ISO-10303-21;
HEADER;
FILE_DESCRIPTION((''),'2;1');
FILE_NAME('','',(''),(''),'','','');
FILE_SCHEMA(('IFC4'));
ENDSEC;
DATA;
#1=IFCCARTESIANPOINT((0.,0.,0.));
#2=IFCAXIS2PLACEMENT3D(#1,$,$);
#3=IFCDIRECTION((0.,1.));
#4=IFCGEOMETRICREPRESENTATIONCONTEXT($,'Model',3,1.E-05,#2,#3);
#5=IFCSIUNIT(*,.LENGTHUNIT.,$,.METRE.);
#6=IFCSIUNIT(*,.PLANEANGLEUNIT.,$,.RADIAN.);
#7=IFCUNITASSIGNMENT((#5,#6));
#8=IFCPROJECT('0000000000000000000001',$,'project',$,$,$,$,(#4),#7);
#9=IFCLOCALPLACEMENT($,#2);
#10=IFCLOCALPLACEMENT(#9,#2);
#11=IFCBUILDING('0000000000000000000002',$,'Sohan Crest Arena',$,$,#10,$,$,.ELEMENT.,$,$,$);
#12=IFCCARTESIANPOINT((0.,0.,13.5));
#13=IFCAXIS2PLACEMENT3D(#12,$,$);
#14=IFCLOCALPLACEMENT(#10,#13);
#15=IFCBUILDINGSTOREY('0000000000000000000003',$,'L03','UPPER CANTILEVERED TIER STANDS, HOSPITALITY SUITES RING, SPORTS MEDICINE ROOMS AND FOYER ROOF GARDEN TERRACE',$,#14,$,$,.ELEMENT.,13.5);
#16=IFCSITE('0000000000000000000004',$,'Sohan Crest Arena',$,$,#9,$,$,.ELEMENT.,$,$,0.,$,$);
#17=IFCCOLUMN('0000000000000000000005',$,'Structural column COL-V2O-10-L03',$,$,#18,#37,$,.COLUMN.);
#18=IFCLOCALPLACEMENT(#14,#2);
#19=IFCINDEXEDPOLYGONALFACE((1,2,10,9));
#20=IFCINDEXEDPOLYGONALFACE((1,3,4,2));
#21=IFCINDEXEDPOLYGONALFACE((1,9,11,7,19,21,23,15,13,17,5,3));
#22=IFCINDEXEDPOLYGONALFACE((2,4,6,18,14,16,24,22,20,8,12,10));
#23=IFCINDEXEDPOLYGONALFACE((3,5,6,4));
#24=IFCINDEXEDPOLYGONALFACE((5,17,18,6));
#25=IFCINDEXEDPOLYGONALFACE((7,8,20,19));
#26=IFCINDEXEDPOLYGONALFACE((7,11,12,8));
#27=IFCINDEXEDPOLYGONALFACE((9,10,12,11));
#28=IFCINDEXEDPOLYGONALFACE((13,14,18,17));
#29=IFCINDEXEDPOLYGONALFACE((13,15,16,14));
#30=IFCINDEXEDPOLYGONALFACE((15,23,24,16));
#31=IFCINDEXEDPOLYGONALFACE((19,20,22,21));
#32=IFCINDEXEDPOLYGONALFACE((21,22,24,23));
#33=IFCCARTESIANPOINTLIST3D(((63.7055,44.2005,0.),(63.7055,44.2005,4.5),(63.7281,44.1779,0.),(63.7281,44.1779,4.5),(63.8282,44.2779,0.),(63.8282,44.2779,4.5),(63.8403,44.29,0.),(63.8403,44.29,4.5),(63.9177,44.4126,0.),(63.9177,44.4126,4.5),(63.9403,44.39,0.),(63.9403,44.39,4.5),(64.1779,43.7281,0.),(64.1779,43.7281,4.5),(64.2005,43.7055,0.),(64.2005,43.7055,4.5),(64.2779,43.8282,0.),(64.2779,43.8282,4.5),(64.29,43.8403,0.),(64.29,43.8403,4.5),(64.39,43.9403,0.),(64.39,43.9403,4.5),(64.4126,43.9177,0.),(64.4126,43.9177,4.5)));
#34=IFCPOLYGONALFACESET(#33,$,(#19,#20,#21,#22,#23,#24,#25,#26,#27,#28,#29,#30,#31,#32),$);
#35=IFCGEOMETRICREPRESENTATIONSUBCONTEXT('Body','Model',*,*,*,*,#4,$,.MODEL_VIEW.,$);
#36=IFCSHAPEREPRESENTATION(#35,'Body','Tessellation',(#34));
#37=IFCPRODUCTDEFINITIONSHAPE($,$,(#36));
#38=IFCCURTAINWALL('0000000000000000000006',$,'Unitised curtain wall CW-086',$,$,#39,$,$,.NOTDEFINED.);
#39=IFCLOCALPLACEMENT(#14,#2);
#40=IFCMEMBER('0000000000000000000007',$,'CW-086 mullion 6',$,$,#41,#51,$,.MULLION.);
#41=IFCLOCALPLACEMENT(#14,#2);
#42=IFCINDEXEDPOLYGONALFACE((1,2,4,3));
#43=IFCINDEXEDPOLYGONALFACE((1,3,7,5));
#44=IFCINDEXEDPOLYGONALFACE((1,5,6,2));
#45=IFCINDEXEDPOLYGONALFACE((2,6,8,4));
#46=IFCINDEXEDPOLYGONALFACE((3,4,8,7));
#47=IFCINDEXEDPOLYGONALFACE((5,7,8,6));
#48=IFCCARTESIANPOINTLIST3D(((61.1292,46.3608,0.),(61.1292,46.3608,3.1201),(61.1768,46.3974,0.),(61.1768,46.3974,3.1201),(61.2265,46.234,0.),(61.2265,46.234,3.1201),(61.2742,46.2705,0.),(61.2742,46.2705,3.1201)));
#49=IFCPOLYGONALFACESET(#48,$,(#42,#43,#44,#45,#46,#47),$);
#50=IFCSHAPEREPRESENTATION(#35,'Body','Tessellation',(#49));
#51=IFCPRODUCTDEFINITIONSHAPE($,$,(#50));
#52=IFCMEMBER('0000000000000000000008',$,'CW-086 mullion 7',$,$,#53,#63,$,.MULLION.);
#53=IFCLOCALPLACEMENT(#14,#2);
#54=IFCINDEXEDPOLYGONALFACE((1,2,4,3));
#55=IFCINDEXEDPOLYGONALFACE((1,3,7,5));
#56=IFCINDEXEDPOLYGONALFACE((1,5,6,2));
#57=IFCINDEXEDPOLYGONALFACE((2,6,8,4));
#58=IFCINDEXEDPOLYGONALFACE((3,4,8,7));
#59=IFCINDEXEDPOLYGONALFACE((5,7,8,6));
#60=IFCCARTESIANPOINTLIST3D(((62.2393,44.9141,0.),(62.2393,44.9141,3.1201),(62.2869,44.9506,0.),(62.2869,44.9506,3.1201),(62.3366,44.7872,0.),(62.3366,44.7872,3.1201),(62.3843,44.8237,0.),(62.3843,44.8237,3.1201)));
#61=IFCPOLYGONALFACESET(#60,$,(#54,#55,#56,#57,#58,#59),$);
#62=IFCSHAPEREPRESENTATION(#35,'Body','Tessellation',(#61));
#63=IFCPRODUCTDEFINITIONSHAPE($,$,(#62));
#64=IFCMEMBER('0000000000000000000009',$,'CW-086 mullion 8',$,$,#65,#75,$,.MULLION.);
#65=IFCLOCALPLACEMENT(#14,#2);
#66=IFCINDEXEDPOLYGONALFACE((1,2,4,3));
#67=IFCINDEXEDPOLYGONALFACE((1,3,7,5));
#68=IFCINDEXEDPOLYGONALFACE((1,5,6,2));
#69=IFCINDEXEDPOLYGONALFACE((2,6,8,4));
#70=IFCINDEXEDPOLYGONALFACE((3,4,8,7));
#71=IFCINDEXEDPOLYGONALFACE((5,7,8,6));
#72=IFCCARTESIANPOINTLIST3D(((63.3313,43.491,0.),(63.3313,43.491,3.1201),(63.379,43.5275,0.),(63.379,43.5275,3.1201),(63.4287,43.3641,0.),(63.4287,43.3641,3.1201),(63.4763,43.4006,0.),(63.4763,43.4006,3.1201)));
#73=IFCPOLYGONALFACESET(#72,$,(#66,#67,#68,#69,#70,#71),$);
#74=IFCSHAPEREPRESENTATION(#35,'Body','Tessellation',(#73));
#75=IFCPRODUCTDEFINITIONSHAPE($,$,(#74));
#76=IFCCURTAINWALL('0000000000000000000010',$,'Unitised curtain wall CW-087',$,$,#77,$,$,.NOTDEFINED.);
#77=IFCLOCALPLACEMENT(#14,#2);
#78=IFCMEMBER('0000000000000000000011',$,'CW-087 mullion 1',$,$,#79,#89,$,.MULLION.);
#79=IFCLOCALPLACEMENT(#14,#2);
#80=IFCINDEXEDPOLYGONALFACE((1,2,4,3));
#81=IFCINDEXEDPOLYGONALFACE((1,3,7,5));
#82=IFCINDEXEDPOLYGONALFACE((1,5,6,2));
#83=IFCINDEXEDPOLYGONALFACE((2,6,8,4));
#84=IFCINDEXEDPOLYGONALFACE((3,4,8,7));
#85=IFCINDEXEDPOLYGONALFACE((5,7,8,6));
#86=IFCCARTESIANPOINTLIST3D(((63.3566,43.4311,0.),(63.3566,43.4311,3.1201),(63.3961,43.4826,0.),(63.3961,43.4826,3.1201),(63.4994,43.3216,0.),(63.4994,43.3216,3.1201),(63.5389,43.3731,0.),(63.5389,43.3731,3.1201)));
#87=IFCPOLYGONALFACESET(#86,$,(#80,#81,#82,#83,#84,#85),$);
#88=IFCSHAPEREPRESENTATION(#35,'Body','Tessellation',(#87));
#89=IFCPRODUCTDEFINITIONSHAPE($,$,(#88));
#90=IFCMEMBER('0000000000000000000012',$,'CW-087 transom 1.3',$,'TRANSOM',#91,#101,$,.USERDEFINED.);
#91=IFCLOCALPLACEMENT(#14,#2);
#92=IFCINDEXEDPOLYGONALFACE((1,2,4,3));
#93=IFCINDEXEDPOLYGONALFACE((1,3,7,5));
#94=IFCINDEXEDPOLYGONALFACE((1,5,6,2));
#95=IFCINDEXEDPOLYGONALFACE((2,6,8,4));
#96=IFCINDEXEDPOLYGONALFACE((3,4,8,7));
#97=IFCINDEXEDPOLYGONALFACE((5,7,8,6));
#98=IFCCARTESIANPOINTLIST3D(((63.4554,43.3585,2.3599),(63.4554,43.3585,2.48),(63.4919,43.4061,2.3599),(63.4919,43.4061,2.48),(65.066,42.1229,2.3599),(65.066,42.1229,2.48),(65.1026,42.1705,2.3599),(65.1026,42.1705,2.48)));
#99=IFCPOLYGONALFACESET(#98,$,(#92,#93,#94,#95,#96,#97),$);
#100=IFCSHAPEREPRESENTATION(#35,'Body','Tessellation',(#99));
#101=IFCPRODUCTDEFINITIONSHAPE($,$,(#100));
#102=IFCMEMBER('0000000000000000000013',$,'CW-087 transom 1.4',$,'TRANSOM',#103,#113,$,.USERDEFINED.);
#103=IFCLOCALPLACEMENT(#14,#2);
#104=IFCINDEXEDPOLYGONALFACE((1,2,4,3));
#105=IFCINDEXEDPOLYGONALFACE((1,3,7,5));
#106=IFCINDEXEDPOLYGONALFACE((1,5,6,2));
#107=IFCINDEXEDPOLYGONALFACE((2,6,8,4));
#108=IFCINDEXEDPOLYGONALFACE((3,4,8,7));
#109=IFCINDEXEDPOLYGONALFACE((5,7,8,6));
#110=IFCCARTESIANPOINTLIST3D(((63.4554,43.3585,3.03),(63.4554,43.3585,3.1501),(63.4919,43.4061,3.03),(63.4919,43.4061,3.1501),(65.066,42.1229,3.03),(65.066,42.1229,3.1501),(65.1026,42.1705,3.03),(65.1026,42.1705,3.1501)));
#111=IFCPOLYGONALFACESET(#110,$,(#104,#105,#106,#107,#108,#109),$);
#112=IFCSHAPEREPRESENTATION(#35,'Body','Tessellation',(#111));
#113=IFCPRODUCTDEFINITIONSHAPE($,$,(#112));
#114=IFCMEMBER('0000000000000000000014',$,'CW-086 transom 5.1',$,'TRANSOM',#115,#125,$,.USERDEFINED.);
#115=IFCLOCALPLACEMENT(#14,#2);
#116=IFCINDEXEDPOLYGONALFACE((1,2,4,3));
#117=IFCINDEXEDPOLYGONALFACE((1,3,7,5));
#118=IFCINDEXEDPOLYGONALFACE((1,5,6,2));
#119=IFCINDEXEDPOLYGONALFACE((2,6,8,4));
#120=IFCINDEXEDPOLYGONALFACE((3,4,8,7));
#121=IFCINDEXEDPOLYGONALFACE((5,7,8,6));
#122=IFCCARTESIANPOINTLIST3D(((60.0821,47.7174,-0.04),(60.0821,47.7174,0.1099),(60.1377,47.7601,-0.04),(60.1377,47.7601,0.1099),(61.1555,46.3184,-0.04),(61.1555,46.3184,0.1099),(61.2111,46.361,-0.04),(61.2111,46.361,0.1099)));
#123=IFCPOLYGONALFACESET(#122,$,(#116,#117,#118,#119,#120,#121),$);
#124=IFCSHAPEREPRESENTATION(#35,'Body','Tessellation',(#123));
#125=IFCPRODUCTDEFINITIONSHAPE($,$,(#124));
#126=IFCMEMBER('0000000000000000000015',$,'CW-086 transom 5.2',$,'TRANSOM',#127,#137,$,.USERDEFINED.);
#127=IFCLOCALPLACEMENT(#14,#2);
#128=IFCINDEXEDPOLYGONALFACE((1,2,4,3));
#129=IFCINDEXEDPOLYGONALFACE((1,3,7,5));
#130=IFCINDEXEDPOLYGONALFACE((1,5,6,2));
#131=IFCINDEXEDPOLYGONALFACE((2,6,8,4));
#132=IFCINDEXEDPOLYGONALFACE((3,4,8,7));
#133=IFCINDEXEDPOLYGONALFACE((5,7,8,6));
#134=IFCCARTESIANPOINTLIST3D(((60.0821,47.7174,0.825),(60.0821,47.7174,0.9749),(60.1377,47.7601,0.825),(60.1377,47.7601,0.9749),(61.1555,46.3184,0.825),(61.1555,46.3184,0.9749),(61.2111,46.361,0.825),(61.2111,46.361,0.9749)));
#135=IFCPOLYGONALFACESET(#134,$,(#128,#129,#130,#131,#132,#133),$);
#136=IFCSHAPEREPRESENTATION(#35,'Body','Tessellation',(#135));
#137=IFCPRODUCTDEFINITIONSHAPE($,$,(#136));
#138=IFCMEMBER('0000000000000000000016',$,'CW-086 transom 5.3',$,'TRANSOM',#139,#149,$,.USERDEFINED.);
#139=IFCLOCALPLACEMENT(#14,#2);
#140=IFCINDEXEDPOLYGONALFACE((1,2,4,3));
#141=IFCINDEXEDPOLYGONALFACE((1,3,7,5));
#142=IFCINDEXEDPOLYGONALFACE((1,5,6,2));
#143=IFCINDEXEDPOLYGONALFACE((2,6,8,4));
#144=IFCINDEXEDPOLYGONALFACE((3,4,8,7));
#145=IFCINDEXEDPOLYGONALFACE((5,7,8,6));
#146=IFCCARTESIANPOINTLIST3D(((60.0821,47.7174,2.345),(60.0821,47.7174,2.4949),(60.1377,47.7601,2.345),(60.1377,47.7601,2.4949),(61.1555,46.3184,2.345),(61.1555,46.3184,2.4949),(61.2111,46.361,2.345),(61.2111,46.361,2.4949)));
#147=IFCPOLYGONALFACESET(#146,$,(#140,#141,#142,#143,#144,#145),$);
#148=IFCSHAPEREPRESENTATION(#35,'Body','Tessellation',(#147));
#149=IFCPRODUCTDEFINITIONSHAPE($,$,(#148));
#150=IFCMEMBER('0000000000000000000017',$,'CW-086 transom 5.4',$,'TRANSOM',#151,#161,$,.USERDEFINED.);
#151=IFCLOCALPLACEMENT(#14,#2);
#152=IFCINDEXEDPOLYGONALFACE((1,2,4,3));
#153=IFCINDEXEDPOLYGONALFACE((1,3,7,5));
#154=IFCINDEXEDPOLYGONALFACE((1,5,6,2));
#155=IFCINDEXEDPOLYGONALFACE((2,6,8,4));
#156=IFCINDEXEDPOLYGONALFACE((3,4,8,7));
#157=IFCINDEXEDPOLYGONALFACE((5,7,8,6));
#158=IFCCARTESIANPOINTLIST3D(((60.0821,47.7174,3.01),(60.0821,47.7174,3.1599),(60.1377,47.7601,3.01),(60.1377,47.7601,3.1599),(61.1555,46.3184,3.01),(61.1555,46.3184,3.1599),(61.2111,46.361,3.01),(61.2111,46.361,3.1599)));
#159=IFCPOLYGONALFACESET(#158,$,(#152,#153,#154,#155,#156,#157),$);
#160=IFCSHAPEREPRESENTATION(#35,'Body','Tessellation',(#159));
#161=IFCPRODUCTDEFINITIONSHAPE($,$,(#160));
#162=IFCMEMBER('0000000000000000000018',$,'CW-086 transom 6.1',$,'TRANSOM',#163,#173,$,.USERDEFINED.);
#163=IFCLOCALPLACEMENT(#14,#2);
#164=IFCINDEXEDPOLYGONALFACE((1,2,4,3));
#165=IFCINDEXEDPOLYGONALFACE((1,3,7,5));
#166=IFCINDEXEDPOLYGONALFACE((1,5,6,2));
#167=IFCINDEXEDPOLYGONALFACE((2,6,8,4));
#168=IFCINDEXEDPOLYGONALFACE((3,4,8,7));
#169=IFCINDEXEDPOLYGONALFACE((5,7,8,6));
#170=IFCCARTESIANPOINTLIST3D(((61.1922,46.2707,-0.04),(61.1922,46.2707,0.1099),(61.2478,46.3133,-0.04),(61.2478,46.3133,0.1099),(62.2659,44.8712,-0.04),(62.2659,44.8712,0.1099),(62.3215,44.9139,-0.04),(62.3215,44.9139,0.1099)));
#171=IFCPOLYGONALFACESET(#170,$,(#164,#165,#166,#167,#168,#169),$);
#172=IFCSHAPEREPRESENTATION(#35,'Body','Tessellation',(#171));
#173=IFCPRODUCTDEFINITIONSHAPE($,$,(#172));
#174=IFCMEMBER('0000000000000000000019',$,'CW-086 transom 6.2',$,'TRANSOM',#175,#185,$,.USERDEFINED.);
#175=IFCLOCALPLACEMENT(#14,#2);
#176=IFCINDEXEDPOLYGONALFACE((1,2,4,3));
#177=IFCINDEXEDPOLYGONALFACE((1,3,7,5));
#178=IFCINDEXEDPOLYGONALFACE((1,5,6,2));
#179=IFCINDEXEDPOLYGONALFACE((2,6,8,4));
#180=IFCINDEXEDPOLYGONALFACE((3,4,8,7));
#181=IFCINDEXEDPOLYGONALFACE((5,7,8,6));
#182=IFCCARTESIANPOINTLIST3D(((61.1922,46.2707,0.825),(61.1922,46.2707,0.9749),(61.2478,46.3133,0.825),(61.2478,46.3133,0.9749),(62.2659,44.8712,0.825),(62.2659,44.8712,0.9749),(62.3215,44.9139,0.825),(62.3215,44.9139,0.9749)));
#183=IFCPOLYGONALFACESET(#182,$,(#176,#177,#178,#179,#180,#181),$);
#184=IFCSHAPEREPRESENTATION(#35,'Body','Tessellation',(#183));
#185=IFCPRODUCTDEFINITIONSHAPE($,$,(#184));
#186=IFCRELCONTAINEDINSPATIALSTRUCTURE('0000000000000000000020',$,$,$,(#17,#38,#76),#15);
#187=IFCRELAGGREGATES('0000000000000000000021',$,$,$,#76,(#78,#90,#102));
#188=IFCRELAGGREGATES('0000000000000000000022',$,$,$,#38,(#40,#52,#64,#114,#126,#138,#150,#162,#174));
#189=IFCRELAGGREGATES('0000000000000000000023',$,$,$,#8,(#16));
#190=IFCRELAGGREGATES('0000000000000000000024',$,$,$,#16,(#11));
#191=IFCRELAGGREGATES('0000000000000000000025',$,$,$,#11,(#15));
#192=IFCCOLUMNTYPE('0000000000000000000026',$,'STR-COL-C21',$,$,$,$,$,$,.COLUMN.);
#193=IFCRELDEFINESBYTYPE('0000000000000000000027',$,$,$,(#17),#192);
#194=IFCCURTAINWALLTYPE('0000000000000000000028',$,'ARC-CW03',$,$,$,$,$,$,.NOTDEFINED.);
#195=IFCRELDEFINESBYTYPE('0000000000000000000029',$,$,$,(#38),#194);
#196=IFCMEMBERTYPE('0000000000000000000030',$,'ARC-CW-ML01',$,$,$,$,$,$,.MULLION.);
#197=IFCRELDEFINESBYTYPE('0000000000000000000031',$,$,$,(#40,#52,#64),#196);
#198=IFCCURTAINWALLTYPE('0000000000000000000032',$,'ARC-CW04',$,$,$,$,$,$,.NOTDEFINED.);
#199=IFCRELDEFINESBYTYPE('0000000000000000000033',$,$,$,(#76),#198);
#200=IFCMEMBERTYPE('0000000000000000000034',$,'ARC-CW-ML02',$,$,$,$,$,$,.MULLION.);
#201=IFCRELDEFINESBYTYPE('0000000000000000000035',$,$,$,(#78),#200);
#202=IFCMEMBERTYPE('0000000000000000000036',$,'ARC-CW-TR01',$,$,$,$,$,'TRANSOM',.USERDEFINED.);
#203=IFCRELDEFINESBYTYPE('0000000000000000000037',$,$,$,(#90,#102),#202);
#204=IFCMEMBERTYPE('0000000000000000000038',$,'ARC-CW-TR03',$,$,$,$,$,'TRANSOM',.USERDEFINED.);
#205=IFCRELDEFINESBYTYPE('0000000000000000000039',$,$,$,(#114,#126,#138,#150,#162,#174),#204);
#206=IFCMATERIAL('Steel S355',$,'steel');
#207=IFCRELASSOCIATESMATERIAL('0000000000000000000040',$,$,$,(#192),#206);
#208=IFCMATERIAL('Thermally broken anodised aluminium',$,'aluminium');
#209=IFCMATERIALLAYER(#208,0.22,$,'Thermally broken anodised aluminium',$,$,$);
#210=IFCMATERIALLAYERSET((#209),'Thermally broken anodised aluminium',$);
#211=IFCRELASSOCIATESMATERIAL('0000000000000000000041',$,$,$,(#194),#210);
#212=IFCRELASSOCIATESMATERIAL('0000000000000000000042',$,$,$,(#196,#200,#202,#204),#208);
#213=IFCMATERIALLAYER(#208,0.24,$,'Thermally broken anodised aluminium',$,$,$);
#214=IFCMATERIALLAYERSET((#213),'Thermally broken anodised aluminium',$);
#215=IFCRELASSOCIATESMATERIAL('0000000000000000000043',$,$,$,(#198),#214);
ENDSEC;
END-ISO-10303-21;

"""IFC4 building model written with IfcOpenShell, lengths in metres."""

from ifc_helpers import new_model, si_unit, direction, frame, origin, origin_2d, place, context, subcontext, project, spatial, rectangle, i_section, extrude, material, layer, layer_set, material_profile, profile_set, type_object, element, aggregate, save


model = new_model("IFC4")

# Units and contexts
model_context = context("Model", 3, precision=1e-05, world=origin(), true_north=direction((0.0, 1.0)))
body_context = subcontext(model_context, "Body", "Model", "MODEL_VIEW")
ifc_project = project(units=[si_unit("LENGTHUNIT", "METRE"), si_unit("PLANEANGLEUNIT", "RADIAN")], contexts=[model_context])

# Site, building, storey
site_placement = place(None, origin())
site = spatial("IfcSite", under=ifc_project, at=site_placement, Name="Sohan Crest Arena", CompositionType="ELEMENT", RefElevation=0.0)
building_placement = place(site_placement, origin())
building = spatial("IfcBuilding", under=site, at=building_placement, Name="Sohan Crest Arena", CompositionType="ELEMENT")
storey_placement = place(building_placement, frame((0.0, 0.0, 13.5)))
storey = spatial("IfcBuildingStorey", under=building, at=storey_placement, Name="L03", Description="UPPER CANTILEVERED TIER STANDS, HOSPITALITY SUITES RING, SPORTS MEDICINE ROOMS AND FOYER ROOF GARDEN TERRACE", CompositionType="ELEMENT", Elevation=13.5)

# Column
ifc_material_1 = material(Name="Steel S355", Category="steel")
ifc_material_profile_1 = material_profile(ifc_material_1, i_section(OverallWidth=0.3, OverallDepth=0.7, WebThickness=0.0171, FlangeThickness=0.032, at=origin_2d()), Name="HEB 700")
ifc_profile_set_1 = profile_set([ifc_material_profile_1], Name="Steel S355")
column_type = type_object("IfcColumnType", Name="STR-COL-C21", PredefinedType="COLUMN", material=ifc_profile_set_1)
column_placement = place(storey_placement, frame((64.0591, 44.0591, 0.0), z_axis=(0.0, 0.0, 1.0), x_axis=(0.707107, 0.707107, 0.0)))
element("IfcColumn", 1, at=column_placement, inside=storey, type_object=column_type, Name="Structural column COL-V2O-10-L03", PredefinedType="COLUMN", context=body_context, shape_type="SweptSolid", body=[
    extrude(i_section(OverallWidth=0.3, OverallDepth=0.7, WebThickness=0.0171, FlangeThickness=0.032, at=origin_2d()), origin(), (0.0, 0.0, 1.0), 4.5),
])

# Curtain walls, members
ifc_material_2 = material(Name="Thermally broken anodised aluminium", Category="aluminium")
ifc_layer_1 = layer(ifc_material_2, 0.22, Name="Thermally broken anodised aluminium")
ifc_layer_set_1 = layer_set([ifc_layer_1], Name="Thermally broken anodised aluminium")
curtain_wall_type_1 = type_object("IfcCurtainWallType", Name="ARC-CW03", PredefinedType="NOTDEFINED", material=ifc_layer_set_1)
curtain_wall_1_placement = place(storey_placement, origin())
curtain_wall_1 = element("IfcCurtainWall", 2, at=curtain_wall_1_placement, inside=storey, type_object=curtain_wall_type_1, Name="Unitised curtain wall CW-086", PredefinedType="NOTDEFINED")
ifc_material_profile_2 = material_profile(ifc_material_2, rectangle(XDim=0.0601, YDim=0.1599, at=origin_2d()), Name="ALU-MULL 60x160")
ifc_profile_set_2 = profile_set([ifc_material_profile_2], Name="Thermally broken anodised aluminium")
member_type_1 = type_object("IfcMemberType", Name="ARC-CW-ML01", PredefinedType="MULLION", material=ifc_profile_set_2)
member_1_placement = place(storey_placement, frame((61.2017, 46.3157, 0.0), z_axis=(0.0, 0.0, 1.0), x_axis=(0.793372, 0.608737, 0.0)))
member_1 = element("IfcMember", 3, at=member_1_placement, type_object=member_type_1, Name="CW-086 mullion 6", PredefinedType="MULLION", context=body_context, shape_type="SweptSolid", body=[
    extrude(rectangle(XDim=0.0601, YDim=0.1599, at=origin_2d()), origin(), (0.0, 0.0, 1.0), 3.1201),
])
member_2_placement = place(storey_placement, frame((62.3118, 44.8689, 0.0), z_axis=(0.0, 0.0, 1.0), x_axis=(0.793372, 0.608737, 0.0)))
member_2 = element("IfcMember", 4, at=member_2_placement, type_object=member_type_1, Name="CW-086 mullion 7", PredefinedType="MULLION", context=body_context, shape_type="SweptSolid", body=[
    extrude(rectangle(XDim=0.0601, YDim=0.1599, at=origin_2d()), origin(), (0.0, 0.0, 1.0), 3.1201),
])
member_3_placement = place(storey_placement, frame((63.4038, 43.4458, 0.0), z_axis=(0.0, 0.0, 1.0), x_axis=(0.793372, 0.608737, 0.0)))
member_3 = element("IfcMember", 5, at=member_3_placement, type_object=member_type_1, Name="CW-086 mullion 8", PredefinedType="MULLION", context=body_context, shape_type="SweptSolid", body=[
    extrude(rectangle(XDim=0.0601, YDim=0.1599, at=origin_2d()), origin(), (0.0, 0.0, 1.0), 3.1201),
])
ifc_layer_2 = layer(ifc_material_2, 0.24, Name="Thermally broken anodised aluminium")
ifc_layer_set_2 = layer_set([ifc_layer_2], Name="Thermally broken anodised aluminium")
curtain_wall_type_2 = type_object("IfcCurtainWallType", Name="ARC-CW04", PredefinedType="NOTDEFINED", material=ifc_layer_set_2)
curtain_wall_2_placement = place(storey_placement, origin())
curtain_wall_2 = element("IfcCurtainWall", 6, at=curtain_wall_2_placement, inside=storey, type_object=curtain_wall_type_2, Name="Unitised curtain wall CW-087", PredefinedType="NOTDEFINED")
ifc_material_profile_3 = material_profile(ifc_material_2, rectangle(XDim=0.0649, YDim=0.1799, at=origin_2d()), Name="ALU-MULL 65x180")
ifc_profile_set_3 = profile_set([ifc_material_profile_3], Name="Thermally broken anodised aluminium")
member_type_2 = type_object("IfcMemberType", Name="ARC-CW-ML02", PredefinedType="MULLION", material=ifc_profile_set_3)
member_4_placement = place(storey_placement, frame((63.4478, 43.4021, 0.0), z_axis=(0.0, 0.0, 1.0), x_axis=(0.608737, 0.793372, 0.0)))
member_4 = element("IfcMember", 7, at=member_4_placement, type_object=member_type_2, Name="CW-087 mullion 1", PredefinedType="MULLION", context=body_context, shape_type="SweptSolid", body=[
    extrude(rectangle(XDim=0.0649, YDim=0.1799, at=origin_2d()), origin(), (0.0, 0.0, 1.0), 3.1201),
])
ifc_material_profile_4 = material_profile(ifc_material_2, rectangle(XDim=0.0601, YDim=0.1201, at=origin_2d()), Name="ALU-TRAN 60x120")
ifc_profile_set_4 = profile_set([ifc_material_profile_4], Name="Thermally broken anodised aluminium")
member_type_3 = type_object("IfcMemberType", Name="ARC-CW-TR01", ElementType="TRANSOM", PredefinedType="USERDEFINED", material=ifc_profile_set_4)
member_5_placement = place(storey_placement, frame((63.4736, 43.3823, 2.4199), z_axis=(0.793415, -0.608681, 0.0), x_axis=(0.608681, 0.793415, 0.0)))
member_5 = element("IfcMember", 8, at=member_5_placement, type_object=member_type_3, Name="CW-087 transom 1.3", ObjectType="TRANSOM", PredefinedType="USERDEFINED", context=body_context, shape_type="SweptSolid", body=[
    extrude(rectangle(XDim=0.0601, YDim=0.1201, at=origin_2d()), origin(), (0.0, 0.0, 1.0), 2.03),
])
member_6_placement = place(storey_placement, frame((63.4736, 43.3823, 3.0901), z_axis=(0.793415, -0.608681, 0.0), x_axis=(0.608681, 0.793415, 0.0)))
member_6 = element("IfcMember", 9, at=member_6_placement, type_object=member_type_3, Name="CW-087 transom 1.4", ObjectType="TRANSOM", PredefinedType="USERDEFINED", context=body_context, shape_type="SweptSolid", body=[
    extrude(rectangle(XDim=0.0601, YDim=0.1201, at=origin_2d()), origin(), (0.0, 0.0, 1.0), 2.03),
])
aggregate(curtain_wall_2, [member_4, member_5, member_6])

# Members
ifc_material_profile_5 = material_profile(ifc_material_2, rectangle(XDim=0.0701, YDim=0.1499, at=origin_2d()), Name="ALU-TRAN 70x150")
ifc_profile_set_5 = profile_set([ifc_material_profile_5], Name="Thermally broken anodised aluminium")
member_type_4 = type_object("IfcMemberType", Name="ARC-CW-TR03", ElementType="TRANSOM", PredefinedType="USERDEFINED", material=ifc_profile_set_5)
member_7_placement = place(storey_placement, frame((60.1099, 47.7388, 0.0349), z_axis=(0.608713, -0.79339, 0.0), x_axis=(0.79339, 0.608713, 0.0)))
member_7 = element("IfcMember", 10, at=member_7_placement, type_object=member_type_4, Name="CW-086 transom 5.1", ObjectType="TRANSOM", PredefinedType="USERDEFINED", context=body_context, shape_type="SweptSolid", body=[
    extrude(rectangle(XDim=0.0701, YDim=0.1499, at=origin_2d()), origin(), (0.0, 0.0, 1.0), 1.7634),
])
member_8_placement = place(storey_placement, frame((60.1099, 47.7388, 0.8999), z_axis=(0.608713, -0.79339, 0.0), x_axis=(0.79339, 0.608713, 0.0)))
member_8 = element("IfcMember", 11, at=member_8_placement, type_object=member_type_4, Name="CW-086 transom 5.2", ObjectType="TRANSOM", PredefinedType="USERDEFINED", context=body_context, shape_type="SweptSolid", body=[
    extrude(rectangle(XDim=0.0701, YDim=0.1499, at=origin_2d()), origin(), (0.0, 0.0, 1.0), 1.7634),
])
member_9_placement = place(storey_placement, frame((60.1099, 47.7388, 2.4199), z_axis=(0.608713, -0.79339, 0.0), x_axis=(0.79339, 0.608713, 0.0)))
member_9 = element("IfcMember", 12, at=member_9_placement, type_object=member_type_4, Name="CW-086 transom 5.3", ObjectType="TRANSOM", PredefinedType="USERDEFINED", context=body_context, shape_type="SweptSolid", body=[
    extrude(rectangle(XDim=0.0701, YDim=0.1499, at=origin_2d()), origin(), (0.0, 0.0, 1.0), 1.7634),
])
member_10_placement = place(storey_placement, frame((60.1099, 47.7388, 3.085), z_axis=(0.608713, -0.79339, 0.0), x_axis=(0.79339, 0.608713, 0.0)))
member_10 = element("IfcMember", 13, at=member_10_placement, type_object=member_type_4, Name="CW-086 transom 5.4", ObjectType="TRANSOM", PredefinedType="USERDEFINED", context=body_context, shape_type="SweptSolid", body=[
    extrude(rectangle(XDim=0.0701, YDim=0.1499, at=origin_2d()), origin(), (0.0, 0.0, 1.0), 1.7634),
])
member_11_placement = place(storey_placement, frame((61.22, 46.292, 0.0349), z_axis=(0.608734, -0.793375, 0.0), x_axis=(0.793375, 0.608734, 0.0)))
member_11 = element("IfcMember", 14, at=member_11_placement, type_object=member_type_4, Name="CW-086 transom 6.1", ObjectType="TRANSOM", PredefinedType="USERDEFINED", context=body_context, shape_type="SweptSolid", body=[
    extrude(rectangle(XDim=0.0701, YDim=0.1499, at=origin_2d()), origin(), (0.0, 0.0, 1.0), 1.7639),
])
member_12_placement = place(storey_placement, frame((61.22, 46.292, 0.8999), z_axis=(0.608734, -0.793375, 0.0), x_axis=(0.793375, 0.608734, 0.0)))
member_12 = element("IfcMember", 15, at=member_12_placement, type_object=member_type_4, Name="CW-086 transom 6.2", ObjectType="TRANSOM", PredefinedType="USERDEFINED", context=body_context, shape_type="SweptSolid", body=[
    extrude(rectangle(XDim=0.0701, YDim=0.1499, at=origin_2d()), origin(), (0.0, 0.0, 1.0), 1.7639),
])

aggregate(curtain_wall_1, [member_1, member_2, member_3, member_7, member_8, member_9, member_10, member_11, member_12])

save(model, "model.ifc")
